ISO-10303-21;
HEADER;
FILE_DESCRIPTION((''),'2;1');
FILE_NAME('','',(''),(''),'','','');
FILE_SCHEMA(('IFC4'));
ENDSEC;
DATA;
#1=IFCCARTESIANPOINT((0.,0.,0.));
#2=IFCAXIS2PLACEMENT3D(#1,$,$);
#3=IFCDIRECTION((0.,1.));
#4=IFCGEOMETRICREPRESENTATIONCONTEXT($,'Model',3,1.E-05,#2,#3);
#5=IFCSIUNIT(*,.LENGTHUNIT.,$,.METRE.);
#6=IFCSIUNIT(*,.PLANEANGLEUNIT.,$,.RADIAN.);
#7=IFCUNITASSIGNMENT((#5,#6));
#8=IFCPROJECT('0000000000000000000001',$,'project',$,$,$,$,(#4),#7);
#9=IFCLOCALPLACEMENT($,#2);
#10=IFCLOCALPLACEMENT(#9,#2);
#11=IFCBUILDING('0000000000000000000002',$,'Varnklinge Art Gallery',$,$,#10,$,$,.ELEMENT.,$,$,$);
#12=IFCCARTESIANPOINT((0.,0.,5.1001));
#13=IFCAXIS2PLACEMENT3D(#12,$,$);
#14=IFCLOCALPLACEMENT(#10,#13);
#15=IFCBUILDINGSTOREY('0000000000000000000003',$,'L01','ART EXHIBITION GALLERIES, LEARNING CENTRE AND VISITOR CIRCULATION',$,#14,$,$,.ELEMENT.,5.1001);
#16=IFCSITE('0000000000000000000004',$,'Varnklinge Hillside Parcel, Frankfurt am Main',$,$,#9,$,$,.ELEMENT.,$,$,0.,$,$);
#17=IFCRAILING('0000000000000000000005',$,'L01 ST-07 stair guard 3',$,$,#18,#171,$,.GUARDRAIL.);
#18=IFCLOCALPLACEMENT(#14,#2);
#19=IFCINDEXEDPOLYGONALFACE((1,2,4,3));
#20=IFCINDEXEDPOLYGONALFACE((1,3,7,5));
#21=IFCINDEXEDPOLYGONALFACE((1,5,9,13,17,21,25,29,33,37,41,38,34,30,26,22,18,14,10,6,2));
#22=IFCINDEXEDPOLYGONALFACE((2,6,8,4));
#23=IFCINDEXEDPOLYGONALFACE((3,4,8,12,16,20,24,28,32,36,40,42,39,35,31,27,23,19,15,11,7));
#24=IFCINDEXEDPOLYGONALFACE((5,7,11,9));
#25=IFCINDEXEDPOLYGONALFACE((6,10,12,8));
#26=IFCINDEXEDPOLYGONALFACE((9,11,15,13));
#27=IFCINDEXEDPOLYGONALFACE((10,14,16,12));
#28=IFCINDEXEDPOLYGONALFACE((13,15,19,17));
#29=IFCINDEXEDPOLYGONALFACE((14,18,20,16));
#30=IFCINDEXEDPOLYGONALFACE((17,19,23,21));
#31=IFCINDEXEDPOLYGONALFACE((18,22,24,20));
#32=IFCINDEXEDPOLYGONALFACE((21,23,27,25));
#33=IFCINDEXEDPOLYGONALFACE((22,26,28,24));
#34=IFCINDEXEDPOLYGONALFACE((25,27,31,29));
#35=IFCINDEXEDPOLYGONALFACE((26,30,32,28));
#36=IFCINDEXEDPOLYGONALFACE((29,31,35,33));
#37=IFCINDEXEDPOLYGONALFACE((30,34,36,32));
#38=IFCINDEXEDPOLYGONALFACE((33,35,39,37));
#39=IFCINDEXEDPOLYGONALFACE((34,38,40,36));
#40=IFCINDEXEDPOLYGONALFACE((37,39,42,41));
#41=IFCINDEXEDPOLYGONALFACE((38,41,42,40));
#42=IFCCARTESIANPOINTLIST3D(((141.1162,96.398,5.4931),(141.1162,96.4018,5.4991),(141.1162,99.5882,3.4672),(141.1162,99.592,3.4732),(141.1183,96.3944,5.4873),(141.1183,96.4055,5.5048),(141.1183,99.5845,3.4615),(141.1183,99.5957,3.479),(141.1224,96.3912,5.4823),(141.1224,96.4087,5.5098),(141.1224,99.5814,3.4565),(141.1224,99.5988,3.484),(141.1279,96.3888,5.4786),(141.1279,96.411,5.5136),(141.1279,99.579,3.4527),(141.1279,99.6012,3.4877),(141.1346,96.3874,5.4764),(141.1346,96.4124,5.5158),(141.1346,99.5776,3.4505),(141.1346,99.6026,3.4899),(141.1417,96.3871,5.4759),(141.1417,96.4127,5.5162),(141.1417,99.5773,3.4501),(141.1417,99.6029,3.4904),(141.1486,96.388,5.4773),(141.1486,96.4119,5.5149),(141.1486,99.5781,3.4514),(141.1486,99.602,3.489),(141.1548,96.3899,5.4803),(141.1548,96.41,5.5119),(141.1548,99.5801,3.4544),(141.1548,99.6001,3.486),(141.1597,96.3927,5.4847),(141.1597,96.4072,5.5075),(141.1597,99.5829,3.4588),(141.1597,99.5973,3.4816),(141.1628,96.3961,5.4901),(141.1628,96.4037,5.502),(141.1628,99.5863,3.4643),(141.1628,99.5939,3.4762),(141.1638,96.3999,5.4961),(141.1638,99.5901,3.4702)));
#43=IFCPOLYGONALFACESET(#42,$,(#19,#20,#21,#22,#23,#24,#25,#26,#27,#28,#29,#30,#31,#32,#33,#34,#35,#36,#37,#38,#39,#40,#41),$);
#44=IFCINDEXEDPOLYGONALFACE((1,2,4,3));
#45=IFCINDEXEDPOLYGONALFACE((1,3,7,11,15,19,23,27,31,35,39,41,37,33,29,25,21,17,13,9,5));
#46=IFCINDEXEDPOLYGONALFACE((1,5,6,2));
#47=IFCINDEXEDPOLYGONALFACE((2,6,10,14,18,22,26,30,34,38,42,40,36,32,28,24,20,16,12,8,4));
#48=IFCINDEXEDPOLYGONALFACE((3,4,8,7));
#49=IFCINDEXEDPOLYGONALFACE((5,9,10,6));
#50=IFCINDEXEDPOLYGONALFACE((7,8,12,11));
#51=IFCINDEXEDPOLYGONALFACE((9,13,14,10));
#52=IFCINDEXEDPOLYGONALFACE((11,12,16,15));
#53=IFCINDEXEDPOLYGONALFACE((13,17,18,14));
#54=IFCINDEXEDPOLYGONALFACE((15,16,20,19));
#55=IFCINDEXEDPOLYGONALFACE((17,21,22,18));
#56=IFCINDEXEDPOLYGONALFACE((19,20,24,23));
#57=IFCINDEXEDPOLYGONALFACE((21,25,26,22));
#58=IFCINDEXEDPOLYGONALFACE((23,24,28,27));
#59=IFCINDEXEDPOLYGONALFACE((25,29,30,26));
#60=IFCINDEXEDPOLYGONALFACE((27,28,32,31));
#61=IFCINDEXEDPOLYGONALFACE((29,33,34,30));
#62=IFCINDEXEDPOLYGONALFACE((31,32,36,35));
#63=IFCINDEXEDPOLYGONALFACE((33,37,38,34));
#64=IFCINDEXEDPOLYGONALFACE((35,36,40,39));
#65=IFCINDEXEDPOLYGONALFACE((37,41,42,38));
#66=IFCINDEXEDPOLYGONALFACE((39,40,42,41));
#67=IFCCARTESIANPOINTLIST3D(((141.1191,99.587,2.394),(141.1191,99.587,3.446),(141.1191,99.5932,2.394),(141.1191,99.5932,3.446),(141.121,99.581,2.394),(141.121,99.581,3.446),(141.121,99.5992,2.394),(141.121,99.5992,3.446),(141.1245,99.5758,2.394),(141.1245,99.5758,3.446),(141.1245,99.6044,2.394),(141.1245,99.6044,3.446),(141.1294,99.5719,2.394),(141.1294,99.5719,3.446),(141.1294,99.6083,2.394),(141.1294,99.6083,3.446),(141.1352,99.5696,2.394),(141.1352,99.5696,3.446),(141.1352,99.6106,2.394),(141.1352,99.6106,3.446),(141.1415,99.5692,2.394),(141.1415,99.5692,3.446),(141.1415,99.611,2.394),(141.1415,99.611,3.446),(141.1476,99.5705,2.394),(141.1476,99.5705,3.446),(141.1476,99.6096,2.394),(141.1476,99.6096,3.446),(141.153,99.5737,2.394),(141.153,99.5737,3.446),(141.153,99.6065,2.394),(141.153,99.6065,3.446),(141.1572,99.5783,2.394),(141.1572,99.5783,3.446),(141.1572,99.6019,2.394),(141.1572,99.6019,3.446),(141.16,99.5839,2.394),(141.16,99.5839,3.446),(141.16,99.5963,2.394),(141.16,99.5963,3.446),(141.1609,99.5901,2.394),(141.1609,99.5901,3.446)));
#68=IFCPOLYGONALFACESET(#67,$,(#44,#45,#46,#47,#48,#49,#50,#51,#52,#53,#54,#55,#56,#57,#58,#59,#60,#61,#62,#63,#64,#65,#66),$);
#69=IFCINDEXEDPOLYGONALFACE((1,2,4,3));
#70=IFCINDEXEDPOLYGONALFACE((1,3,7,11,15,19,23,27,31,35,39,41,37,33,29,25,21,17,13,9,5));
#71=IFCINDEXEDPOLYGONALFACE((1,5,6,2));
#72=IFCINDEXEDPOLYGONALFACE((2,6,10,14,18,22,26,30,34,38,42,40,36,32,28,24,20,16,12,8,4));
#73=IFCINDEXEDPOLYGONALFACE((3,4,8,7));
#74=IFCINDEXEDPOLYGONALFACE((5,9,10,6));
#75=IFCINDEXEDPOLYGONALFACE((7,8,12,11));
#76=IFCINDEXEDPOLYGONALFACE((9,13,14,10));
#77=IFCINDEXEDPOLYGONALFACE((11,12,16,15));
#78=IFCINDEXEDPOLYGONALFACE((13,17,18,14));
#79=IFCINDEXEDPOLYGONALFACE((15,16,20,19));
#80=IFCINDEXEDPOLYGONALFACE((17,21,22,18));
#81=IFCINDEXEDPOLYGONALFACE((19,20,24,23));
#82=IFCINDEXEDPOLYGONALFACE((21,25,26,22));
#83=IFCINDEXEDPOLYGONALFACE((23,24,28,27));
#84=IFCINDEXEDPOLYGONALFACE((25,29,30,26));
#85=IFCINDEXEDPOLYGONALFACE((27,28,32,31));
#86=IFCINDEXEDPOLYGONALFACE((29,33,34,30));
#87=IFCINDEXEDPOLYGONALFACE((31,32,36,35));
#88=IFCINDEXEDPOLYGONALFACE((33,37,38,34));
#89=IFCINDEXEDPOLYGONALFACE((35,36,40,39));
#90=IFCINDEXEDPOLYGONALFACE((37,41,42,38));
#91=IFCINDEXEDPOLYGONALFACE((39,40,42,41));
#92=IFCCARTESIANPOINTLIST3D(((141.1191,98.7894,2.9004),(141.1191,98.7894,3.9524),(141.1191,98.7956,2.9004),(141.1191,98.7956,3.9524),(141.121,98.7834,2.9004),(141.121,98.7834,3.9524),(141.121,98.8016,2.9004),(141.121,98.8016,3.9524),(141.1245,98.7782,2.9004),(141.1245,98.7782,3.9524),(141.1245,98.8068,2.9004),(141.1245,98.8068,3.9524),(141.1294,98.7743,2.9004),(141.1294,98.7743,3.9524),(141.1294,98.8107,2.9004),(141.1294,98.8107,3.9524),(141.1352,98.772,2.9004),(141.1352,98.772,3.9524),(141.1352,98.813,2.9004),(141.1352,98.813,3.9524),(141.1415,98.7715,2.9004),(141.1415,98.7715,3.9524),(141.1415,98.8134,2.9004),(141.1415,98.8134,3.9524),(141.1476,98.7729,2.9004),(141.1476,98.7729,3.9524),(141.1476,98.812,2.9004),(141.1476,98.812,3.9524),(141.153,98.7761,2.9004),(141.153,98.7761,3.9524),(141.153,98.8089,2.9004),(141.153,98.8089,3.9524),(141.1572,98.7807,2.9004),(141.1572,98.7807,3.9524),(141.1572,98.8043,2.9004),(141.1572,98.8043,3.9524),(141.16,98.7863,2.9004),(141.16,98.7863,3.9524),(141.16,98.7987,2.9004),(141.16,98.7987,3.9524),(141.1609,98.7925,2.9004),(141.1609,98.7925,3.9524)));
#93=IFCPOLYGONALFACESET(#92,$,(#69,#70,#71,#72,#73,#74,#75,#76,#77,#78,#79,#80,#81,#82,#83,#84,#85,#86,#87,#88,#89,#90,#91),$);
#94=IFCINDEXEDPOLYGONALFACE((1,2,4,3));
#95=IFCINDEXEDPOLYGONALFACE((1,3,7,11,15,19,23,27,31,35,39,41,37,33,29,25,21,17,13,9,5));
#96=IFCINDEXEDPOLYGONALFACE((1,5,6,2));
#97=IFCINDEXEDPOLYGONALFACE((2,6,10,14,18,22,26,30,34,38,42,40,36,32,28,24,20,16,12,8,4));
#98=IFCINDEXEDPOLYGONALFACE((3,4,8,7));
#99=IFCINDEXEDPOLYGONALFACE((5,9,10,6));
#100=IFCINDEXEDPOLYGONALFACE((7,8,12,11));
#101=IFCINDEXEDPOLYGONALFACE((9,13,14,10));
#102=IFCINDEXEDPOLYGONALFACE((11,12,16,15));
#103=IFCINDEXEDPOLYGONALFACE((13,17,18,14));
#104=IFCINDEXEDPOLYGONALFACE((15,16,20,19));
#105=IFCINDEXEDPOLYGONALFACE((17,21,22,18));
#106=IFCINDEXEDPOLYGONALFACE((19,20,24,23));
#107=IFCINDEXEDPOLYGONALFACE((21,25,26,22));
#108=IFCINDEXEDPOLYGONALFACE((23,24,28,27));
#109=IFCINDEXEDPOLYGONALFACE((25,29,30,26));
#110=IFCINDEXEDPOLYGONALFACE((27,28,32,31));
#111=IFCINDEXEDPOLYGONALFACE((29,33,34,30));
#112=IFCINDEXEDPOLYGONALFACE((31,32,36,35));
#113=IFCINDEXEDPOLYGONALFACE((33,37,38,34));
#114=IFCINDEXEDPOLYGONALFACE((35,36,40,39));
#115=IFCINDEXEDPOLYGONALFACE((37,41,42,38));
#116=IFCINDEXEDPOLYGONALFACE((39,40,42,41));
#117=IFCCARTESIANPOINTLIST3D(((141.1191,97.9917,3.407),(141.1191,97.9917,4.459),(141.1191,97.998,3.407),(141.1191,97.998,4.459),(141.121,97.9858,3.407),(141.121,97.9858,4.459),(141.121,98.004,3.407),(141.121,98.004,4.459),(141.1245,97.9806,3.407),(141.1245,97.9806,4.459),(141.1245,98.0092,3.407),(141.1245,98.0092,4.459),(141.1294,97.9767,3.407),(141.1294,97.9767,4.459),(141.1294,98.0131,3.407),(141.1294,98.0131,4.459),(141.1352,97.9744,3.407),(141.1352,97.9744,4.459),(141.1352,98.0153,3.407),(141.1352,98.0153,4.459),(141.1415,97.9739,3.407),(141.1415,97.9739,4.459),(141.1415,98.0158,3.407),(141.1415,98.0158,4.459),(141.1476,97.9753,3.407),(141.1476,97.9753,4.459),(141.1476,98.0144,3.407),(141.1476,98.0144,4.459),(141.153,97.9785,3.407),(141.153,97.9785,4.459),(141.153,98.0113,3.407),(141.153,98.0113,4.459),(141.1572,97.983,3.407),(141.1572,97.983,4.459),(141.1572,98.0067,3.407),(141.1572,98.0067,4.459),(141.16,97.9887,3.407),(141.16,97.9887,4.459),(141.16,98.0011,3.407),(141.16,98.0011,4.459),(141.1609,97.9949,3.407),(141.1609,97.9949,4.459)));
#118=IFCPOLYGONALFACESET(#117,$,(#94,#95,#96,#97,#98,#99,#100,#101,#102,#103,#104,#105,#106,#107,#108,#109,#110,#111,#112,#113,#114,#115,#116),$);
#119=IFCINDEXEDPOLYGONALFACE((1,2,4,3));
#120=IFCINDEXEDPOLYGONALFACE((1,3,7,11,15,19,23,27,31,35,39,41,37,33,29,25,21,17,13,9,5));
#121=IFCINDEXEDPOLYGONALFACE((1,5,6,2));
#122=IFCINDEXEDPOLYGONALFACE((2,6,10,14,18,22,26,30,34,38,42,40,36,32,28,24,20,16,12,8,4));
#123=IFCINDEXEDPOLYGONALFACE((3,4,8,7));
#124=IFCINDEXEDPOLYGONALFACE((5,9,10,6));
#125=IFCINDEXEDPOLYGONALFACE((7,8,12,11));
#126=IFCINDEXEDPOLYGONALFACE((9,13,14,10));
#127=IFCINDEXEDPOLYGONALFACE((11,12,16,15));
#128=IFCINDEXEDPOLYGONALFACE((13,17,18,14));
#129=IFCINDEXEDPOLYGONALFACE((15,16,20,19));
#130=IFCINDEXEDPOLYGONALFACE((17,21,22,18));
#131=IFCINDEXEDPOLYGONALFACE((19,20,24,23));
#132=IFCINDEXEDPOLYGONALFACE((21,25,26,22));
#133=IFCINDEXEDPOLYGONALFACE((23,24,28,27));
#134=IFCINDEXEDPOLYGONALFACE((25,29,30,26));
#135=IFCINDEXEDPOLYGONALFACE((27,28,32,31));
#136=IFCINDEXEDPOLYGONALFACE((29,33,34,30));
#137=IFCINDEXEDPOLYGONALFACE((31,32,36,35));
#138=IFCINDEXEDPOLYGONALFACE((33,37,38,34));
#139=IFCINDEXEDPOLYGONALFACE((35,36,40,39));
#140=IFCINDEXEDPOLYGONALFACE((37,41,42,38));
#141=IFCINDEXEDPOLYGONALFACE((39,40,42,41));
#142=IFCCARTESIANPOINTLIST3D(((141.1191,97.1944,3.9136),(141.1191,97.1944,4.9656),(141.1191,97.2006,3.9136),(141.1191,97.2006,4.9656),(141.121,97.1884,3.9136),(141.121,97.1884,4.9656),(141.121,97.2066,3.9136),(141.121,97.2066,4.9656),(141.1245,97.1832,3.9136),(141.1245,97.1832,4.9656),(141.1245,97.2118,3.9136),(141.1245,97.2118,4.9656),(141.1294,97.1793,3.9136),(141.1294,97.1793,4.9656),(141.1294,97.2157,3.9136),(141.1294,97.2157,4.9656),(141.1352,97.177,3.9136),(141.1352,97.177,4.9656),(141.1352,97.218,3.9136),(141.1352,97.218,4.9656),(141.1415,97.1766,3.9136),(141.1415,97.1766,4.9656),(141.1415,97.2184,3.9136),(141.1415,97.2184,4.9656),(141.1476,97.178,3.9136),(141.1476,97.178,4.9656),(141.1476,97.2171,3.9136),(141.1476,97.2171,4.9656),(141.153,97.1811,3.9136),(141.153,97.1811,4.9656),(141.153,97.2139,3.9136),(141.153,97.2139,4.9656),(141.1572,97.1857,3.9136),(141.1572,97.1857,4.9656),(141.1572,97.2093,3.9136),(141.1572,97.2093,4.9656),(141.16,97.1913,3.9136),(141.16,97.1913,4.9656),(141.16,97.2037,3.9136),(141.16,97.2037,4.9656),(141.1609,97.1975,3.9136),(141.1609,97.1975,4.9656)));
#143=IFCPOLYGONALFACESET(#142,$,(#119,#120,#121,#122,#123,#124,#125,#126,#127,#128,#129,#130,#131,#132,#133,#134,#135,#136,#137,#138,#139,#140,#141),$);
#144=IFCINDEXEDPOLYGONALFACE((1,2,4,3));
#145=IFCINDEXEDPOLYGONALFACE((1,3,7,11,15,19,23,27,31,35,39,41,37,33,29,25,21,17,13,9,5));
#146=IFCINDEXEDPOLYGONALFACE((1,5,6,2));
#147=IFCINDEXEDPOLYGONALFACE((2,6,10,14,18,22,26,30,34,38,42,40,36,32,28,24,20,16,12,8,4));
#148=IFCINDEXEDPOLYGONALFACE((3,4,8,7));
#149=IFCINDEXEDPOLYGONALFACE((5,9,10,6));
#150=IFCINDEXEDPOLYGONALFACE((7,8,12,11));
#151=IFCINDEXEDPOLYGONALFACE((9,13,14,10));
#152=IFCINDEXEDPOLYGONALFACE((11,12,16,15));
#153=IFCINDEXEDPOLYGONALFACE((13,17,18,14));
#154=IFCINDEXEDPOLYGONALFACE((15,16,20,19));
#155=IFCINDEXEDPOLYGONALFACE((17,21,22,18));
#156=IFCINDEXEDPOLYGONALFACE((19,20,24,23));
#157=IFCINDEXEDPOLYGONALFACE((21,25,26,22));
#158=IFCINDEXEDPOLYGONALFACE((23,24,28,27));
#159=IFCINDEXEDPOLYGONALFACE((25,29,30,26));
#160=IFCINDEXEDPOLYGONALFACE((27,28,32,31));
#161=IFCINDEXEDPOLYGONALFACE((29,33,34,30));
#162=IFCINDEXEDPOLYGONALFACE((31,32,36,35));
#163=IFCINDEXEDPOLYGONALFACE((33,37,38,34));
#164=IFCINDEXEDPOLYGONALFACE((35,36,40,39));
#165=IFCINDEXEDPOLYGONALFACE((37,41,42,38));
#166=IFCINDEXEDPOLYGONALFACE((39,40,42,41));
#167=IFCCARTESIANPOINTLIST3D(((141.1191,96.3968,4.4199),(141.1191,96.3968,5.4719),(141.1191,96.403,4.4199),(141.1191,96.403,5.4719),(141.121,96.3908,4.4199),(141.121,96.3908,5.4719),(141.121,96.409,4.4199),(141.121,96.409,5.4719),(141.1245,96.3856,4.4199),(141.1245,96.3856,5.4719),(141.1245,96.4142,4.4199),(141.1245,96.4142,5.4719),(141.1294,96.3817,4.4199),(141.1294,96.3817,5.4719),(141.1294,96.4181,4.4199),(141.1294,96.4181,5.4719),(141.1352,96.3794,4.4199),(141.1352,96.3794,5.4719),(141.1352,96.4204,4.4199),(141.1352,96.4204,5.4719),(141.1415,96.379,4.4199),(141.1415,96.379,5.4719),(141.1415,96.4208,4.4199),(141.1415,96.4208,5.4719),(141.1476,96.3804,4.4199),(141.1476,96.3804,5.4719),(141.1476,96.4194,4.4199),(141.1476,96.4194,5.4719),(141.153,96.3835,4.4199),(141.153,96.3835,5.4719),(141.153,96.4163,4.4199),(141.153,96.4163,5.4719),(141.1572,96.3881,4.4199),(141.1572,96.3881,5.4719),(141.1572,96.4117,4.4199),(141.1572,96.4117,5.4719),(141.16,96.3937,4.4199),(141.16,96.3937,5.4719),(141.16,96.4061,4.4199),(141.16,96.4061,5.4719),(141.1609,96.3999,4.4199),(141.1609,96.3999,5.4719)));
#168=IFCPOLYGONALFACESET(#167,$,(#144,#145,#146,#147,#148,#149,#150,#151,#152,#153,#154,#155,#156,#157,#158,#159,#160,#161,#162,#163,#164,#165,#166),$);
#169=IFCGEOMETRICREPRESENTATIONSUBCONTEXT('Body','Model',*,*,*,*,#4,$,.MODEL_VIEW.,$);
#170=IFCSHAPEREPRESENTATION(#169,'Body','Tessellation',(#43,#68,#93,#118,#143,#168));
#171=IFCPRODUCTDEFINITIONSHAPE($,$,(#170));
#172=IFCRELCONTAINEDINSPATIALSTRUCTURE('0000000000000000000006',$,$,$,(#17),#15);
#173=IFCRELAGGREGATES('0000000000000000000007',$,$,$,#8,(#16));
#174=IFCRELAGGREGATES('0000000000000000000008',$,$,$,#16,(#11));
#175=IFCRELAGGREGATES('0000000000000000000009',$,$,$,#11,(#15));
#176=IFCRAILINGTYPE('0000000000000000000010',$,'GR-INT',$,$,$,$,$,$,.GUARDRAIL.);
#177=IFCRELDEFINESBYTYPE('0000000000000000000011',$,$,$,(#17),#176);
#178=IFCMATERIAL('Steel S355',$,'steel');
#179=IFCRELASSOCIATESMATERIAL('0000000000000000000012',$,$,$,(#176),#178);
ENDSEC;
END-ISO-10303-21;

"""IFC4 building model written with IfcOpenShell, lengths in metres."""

from ifc_helpers import new_model, si_unit, direction, frame, origin, origin_2d, place, context, subcontext, project, spatial, circle, extrude, material, type_object, element, save


model = new_model("IFC4")

# Units and contexts
model_context = context("Model", 3, precision=1e-05, world=origin(), true_north=direction((0.0, 1.0)))
body_context = subcontext(model_context, "Body", "Model", "MODEL_VIEW")
ifc_project = project(units=[si_unit("LENGTHUNIT", "METRE"), si_unit("PLANEANGLEUNIT", "RADIAN")], contexts=[model_context])

# Site, building, storey
site_placement = place(None, origin())
site = spatial("IfcSite", under=ifc_project, at=site_placement, Name="Varnklinge Hillside Parcel, Frankfurt am Main", CompositionType="ELEMENT", RefElevation=0.0)
building_placement = place(site_placement, origin())
building = spatial("IfcBuilding", under=site, at=building_placement, Name="Varnklinge Art Gallery", CompositionType="ELEMENT")
storey_placement = place(building_placement, frame((0.0, 0.0, 5.1001)))
storey = spatial("IfcBuildingStorey", under=building, at=storey_placement, Name="L01", Description="ART EXHIBITION GALLERIES, LEARNING CENTRE AND VISITOR CIRCULATION", CompositionType="ELEMENT", Elevation=5.1001)

# Railing
ifc_material_1 = material(Name="Steel S355", Category="steel")
railing_type_1 = type_object("IfcRailingType", Name="GR-INT", PredefinedType="GUARDRAIL", material=ifc_material_1)
railing_1_placement = place(storey_placement, frame((141.1399, 99.5901, 2.394)))
element("IfcRailing", 1, at=railing_1_placement, inside=storey, type_object=railing_type_1, Name="L01 ST-07 stair guard 3", PredefinedType="GUARDRAIL", context=body_context, shape_type="SweptSolid", body=[
    extrude(circle(Radius=0.0239, at=origin_2d()), frame((0.0, 0.0, 1.0762), z_axis=(0.0, -0.844169, 0.536077), x_axis=(1.0, 0.0, 0.0)), (0.0, 0.0, 1.0), 3.7791),
    extrude(circle(Radius=0.021, at=origin_2d()), origin(), (0.0, 0.0, 1.0), 1.052),
    extrude(circle(Radius=0.021, at=origin_2d()), frame((0.0, -0.7976, 0.5063)), (0.0, 0.0, 1.0), 1.052),
    extrude(circle(Radius=0.021, at=origin_2d()), frame((0.0, -1.5952, 1.0129)), (0.0, 0.0, 1.0), 1.052),
    extrude(circle(Radius=0.021, at=origin_2d()), frame((0.0, -2.3926, 1.5195)), (0.0, 0.0, 1.0), 1.052),
    extrude(circle(Radius=0.021, at=origin_2d()), frame((0.0, -3.1902, 2.0259)), (0.0, 0.0, 1.0), 1.052),
])

save(model, "model.ifc")
